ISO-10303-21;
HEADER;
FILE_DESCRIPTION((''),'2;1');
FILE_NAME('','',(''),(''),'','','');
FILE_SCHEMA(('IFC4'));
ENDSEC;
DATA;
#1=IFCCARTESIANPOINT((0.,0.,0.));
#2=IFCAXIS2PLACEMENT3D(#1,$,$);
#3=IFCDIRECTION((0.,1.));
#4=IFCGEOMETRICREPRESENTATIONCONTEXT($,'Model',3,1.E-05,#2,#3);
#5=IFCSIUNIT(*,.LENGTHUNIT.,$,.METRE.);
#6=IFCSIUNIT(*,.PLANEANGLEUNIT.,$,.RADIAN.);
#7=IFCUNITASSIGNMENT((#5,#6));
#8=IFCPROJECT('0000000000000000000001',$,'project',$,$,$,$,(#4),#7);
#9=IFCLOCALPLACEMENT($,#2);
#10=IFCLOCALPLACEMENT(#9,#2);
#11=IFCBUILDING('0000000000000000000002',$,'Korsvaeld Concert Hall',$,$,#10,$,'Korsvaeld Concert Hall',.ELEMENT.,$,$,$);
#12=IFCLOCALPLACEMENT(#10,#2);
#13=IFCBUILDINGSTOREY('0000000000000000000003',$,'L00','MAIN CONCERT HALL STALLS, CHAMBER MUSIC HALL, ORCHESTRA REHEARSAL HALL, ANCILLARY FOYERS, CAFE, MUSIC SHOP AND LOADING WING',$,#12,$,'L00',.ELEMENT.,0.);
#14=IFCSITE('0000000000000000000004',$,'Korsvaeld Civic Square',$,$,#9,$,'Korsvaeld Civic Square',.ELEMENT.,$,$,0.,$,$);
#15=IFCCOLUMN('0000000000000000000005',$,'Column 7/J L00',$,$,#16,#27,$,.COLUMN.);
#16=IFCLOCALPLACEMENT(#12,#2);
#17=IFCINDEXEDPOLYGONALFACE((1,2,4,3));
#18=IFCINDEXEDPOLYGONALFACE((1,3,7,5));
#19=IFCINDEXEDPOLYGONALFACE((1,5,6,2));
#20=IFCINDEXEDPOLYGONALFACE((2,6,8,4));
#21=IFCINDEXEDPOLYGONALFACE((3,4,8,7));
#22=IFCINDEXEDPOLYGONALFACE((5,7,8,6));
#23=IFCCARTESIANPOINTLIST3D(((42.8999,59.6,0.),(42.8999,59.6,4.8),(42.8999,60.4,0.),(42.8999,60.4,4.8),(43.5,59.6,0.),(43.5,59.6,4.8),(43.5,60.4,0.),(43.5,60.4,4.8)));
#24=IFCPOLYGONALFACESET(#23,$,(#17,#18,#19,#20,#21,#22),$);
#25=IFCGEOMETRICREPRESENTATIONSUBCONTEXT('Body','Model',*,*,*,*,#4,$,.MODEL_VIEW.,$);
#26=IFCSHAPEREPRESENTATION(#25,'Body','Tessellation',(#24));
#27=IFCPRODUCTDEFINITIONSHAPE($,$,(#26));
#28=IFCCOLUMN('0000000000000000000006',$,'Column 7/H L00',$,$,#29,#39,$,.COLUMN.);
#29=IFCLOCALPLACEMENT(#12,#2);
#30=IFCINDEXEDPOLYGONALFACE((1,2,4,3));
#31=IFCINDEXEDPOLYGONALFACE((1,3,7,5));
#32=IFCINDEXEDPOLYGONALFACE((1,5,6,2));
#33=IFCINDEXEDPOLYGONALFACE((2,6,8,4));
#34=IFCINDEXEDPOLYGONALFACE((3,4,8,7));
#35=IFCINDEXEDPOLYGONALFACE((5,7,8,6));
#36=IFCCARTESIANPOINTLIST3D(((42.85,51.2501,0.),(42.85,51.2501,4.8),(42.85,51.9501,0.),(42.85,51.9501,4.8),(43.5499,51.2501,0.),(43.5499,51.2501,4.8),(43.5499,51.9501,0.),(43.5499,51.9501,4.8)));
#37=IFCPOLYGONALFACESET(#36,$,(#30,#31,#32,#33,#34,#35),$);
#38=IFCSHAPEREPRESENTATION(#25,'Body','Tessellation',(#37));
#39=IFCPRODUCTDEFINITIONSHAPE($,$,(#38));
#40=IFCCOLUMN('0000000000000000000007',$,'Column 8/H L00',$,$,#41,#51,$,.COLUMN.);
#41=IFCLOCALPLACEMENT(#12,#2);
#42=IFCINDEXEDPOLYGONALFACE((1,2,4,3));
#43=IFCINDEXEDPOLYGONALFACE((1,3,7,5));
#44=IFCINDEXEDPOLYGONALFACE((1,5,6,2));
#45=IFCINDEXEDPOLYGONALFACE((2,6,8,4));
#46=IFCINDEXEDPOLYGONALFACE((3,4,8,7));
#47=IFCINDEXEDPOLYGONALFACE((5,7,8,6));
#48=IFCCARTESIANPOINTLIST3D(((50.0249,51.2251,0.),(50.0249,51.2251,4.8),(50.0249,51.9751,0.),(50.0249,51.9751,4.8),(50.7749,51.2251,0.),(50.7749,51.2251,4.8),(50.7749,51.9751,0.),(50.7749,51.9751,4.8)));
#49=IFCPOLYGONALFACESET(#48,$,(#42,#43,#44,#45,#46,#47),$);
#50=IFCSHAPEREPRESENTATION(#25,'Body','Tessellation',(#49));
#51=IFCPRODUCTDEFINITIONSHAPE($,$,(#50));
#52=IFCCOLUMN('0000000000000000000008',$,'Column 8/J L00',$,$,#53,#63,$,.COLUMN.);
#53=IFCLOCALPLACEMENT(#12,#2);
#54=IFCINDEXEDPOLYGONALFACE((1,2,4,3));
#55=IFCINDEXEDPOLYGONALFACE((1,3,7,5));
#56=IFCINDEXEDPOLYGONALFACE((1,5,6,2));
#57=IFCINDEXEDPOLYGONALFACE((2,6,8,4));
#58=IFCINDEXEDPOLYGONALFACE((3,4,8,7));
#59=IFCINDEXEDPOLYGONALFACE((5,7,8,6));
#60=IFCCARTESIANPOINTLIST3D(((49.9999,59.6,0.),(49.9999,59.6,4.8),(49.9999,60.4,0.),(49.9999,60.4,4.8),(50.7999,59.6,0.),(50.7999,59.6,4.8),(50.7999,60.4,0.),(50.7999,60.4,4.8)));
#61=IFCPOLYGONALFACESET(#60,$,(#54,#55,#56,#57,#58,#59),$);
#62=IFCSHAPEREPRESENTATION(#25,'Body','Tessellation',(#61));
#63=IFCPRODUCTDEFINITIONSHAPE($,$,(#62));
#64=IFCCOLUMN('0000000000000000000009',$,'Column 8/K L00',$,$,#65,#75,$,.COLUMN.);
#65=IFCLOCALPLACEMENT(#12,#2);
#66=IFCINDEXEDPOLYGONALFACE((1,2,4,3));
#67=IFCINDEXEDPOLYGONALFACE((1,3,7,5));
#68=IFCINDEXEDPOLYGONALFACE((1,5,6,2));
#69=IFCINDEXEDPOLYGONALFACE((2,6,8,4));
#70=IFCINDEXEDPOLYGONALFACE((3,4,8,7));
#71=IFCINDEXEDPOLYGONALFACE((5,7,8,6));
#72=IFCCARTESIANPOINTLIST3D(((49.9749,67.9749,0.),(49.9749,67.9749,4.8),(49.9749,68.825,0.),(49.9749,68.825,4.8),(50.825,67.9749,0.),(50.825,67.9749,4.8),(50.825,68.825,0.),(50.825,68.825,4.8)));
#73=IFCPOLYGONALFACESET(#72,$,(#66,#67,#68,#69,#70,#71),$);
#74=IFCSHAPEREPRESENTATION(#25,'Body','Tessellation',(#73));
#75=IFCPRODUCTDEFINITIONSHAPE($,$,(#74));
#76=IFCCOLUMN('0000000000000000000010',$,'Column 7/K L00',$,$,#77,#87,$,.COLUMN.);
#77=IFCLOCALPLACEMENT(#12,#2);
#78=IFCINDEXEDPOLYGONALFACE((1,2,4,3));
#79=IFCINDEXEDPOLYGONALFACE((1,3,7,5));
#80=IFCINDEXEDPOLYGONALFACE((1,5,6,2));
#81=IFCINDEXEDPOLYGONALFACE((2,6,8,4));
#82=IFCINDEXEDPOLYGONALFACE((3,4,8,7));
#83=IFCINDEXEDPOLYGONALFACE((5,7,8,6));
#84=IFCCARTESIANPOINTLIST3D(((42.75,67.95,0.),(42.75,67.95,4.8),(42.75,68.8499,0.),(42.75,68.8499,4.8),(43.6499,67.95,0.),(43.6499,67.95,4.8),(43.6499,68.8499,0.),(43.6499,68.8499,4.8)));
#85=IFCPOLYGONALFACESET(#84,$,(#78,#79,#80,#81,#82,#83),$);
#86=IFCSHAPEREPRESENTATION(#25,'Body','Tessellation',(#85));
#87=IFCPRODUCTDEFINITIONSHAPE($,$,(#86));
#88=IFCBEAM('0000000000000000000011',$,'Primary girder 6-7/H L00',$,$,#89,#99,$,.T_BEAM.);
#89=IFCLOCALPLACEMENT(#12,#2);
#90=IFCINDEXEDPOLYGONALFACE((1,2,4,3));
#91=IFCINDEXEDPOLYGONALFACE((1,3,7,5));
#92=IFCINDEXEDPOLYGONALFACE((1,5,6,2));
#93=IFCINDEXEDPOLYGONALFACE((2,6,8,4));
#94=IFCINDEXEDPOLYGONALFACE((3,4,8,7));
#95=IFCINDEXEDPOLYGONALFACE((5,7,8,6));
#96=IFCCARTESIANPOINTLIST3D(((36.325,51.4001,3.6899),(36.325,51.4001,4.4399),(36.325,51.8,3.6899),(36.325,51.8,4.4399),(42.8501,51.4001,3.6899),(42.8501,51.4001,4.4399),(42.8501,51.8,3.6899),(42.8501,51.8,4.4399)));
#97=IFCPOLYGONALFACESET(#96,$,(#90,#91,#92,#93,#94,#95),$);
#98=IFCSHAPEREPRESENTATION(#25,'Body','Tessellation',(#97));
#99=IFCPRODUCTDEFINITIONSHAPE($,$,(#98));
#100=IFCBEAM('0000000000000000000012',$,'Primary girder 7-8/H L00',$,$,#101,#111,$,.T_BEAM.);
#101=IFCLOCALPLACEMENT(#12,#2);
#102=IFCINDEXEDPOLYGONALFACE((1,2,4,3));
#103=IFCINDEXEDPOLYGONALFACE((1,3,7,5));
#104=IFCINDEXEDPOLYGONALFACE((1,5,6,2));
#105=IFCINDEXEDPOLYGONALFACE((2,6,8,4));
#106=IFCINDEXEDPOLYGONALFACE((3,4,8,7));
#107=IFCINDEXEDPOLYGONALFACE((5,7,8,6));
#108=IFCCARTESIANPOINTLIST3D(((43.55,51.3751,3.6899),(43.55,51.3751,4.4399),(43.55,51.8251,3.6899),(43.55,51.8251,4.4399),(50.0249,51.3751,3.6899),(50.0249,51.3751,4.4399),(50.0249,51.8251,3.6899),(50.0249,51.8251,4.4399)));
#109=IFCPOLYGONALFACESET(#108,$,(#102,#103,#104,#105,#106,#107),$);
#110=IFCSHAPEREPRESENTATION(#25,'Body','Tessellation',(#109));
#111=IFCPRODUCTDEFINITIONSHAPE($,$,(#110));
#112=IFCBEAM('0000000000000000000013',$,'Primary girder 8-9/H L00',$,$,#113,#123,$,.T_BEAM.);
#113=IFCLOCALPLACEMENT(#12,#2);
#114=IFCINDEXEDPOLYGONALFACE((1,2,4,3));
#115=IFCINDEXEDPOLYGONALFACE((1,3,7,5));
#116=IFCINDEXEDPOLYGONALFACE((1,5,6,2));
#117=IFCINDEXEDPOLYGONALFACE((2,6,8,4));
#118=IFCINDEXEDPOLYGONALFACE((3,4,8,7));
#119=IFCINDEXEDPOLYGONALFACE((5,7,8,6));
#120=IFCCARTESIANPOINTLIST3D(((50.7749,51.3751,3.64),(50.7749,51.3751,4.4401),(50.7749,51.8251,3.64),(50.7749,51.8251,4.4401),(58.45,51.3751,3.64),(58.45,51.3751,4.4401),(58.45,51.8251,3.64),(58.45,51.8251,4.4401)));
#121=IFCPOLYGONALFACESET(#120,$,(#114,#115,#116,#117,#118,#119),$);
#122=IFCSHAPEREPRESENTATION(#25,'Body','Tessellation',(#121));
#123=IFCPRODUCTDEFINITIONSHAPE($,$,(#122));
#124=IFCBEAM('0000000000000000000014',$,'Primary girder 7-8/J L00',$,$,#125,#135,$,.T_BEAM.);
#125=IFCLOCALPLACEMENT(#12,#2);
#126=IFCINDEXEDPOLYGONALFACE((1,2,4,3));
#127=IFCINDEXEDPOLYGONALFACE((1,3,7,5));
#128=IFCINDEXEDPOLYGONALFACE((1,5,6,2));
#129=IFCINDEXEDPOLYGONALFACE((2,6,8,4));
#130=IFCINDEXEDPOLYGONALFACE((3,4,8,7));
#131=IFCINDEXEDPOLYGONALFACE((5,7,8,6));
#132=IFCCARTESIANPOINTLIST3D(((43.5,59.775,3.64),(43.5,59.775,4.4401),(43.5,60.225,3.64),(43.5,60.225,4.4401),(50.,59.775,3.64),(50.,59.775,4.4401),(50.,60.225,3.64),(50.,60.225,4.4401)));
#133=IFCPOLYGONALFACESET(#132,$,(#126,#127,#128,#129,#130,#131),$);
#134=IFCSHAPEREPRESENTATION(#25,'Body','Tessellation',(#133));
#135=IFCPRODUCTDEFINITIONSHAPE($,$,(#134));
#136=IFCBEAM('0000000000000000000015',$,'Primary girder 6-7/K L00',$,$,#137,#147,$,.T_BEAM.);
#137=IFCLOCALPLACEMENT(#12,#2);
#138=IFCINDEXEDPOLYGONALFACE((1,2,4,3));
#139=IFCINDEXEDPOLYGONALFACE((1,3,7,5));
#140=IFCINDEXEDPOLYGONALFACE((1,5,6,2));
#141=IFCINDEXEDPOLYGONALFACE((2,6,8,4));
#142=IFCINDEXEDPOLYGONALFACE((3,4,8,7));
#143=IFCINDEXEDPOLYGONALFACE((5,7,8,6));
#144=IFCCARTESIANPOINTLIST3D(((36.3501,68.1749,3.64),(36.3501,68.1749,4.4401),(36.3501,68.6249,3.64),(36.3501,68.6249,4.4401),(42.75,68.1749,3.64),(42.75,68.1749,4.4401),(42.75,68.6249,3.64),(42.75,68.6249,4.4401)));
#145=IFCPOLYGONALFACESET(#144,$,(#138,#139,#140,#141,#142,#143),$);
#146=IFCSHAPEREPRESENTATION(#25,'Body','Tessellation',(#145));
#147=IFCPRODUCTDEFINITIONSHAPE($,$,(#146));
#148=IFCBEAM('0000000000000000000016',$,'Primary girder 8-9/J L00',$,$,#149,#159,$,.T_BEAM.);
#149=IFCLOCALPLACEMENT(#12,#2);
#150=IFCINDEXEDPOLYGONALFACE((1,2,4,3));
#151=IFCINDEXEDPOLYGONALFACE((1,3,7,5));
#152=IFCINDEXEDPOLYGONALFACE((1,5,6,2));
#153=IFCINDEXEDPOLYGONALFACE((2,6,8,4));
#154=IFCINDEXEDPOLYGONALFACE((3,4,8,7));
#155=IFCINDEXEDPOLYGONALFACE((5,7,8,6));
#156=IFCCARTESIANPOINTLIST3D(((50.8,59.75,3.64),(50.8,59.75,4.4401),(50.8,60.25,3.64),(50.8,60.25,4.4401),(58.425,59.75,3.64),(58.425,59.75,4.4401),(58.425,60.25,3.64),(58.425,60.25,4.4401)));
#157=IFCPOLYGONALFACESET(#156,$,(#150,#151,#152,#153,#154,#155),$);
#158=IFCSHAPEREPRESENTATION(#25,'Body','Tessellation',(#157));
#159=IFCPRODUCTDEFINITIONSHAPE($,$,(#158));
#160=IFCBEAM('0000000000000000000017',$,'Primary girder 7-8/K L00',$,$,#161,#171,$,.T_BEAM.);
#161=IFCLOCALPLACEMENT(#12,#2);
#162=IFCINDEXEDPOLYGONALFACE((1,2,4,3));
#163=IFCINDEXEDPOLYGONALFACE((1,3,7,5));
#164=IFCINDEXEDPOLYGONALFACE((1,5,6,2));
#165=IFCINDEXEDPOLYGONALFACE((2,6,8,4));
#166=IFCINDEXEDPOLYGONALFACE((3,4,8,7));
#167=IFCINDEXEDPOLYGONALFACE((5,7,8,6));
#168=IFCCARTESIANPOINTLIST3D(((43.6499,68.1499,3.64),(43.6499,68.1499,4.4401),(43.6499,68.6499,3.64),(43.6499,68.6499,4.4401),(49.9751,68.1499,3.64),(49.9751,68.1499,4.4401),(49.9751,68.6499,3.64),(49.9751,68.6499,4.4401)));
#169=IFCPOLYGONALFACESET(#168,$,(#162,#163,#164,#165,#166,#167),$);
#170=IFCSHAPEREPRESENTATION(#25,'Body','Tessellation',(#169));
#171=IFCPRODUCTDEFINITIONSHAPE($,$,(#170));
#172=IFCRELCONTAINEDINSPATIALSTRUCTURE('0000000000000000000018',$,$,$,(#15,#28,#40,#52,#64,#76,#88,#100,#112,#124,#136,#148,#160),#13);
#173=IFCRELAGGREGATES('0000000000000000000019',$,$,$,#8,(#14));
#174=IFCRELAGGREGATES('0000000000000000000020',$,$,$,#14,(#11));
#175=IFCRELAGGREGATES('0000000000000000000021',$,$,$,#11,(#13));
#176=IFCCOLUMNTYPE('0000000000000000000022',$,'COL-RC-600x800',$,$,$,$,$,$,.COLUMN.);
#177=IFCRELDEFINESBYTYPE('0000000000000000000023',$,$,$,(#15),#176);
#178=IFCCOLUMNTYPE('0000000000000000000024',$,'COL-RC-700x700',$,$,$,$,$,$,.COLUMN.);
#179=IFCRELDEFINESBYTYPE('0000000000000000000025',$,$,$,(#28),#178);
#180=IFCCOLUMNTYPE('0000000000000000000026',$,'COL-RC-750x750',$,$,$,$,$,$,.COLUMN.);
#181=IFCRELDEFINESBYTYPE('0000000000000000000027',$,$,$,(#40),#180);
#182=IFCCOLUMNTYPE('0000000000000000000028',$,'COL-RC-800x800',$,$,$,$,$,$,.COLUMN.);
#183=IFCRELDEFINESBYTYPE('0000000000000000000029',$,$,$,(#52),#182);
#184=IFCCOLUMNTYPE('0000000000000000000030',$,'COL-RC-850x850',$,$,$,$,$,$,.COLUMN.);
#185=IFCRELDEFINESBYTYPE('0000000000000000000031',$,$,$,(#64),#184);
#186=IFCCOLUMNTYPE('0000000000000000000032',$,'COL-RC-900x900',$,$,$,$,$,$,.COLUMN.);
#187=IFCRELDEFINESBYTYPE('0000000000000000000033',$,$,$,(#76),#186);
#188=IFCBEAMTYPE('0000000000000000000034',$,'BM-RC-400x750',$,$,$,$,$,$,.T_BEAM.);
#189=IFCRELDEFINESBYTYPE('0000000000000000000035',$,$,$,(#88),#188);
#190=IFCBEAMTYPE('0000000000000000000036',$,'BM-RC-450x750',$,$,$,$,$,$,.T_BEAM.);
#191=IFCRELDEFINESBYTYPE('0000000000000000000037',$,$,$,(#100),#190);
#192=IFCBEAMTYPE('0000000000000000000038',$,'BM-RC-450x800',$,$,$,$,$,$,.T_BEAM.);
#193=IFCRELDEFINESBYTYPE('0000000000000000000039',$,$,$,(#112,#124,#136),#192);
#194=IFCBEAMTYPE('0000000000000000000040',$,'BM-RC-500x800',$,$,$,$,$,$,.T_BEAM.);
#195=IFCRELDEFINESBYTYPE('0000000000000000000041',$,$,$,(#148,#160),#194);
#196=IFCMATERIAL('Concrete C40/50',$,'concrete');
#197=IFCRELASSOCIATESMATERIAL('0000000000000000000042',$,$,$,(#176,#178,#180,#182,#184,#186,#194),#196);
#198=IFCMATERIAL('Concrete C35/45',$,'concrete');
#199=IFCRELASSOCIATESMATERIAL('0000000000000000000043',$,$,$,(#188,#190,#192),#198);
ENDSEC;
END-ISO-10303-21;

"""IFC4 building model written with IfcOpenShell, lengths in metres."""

from ifc_helpers import new_model, si_unit, direction, frame, origin, origin_2d, place, context, subcontext, project, spatial, rectangle, extrude, material, material_profile, profile_set, type_object, element, save


model = new_model("IFC4")

# Units and contexts
model_context = context("Model", 3, precision=1e-05, world=origin(), true_north=direction((0.0, 1.0)))
body_context = subcontext(model_context, "Body", "Model", "MODEL_VIEW")
ifc_project = project(units=[si_unit("LENGTHUNIT", "METRE"), si_unit("PLANEANGLEUNIT", "RADIAN")], contexts=[model_context])

# Site, building, storey
site_placement = place(None, origin())
site = spatial("IfcSite", under=ifc_project, at=site_placement, Name="Korsvaeld Civic Square", LongName="Korsvaeld Civic Square", CompositionType="ELEMENT", RefElevation=0.0)
building_placement = place(site_placement, origin())
building = spatial("IfcBuilding", under=site, at=building_placement, Name="Korsvaeld Concert Hall", LongName="Korsvaeld Concert Hall", CompositionType="ELEMENT")
storey_placement = place(building_placement, origin())
storey = spatial("IfcBuildingStorey", under=building, at=storey_placement, Name="L00", Description="MAIN CONCERT HALL STALLS, CHAMBER MUSIC HALL, ORCHESTRA REHEARSAL HALL, ANCILLARY FOYERS, CAFE, MUSIC SHOP AND LOADING WING", LongName="L00", CompositionType="ELEMENT", Elevation=0.0)

# Columns
ifc_material_1 = material(Name="Concrete C40/50", Category="concrete")
ifc_material_profile_1 = material_profile(ifc_material_1, rectangle(XDim=0.6001, YDim=0.8, at=origin_2d()), Name="RC 600x800")
ifc_profile_set_1 = profile_set([ifc_material_profile_1], Name="Concrete C40/50")
column_type_1 = type_object("IfcColumnType", Name="COL-RC-600x800", PredefinedType="COLUMN", material=ifc_profile_set_1)
column_1_placement = place(storey_placement, frame((43.2, 60.0, 0.0), z_axis=(0.0, 0.0, 1.0), x_axis=(1.0, 0.0, 0.0)))
element("IfcColumn", 1, at=column_1_placement, inside=storey, type_object=column_type_1, Name="Column 7/J L00", PredefinedType="COLUMN", context=body_context, shape_type="SweptSolid", body=[
    extrude(rectangle(XDim=0.6001, YDim=0.8, at=origin_2d()), origin(), (0.0, 0.0, 1.0), 4.8),
])
ifc_material_profile_2 = material_profile(ifc_material_1, rectangle(XDim=0.7, YDim=0.7, at=origin_2d()), Name="RC 700x700")
ifc_profile_set_2 = profile_set([ifc_material_profile_2], Name="Concrete C40/50")
column_type_2 = type_object("IfcColumnType", Name="COL-RC-700x700", PredefinedType="COLUMN", material=ifc_profile_set_2)
column_2_placement = place(storey_placement, frame((43.2, 51.6001, 0.0), z_axis=(0.0, 0.0, 1.0), x_axis=(1.0, 0.0, 0.0)))
element("IfcColumn", 2, at=column_2_placement, inside=storey, type_object=column_type_2, Name="Column 7/H L00", PredefinedType="COLUMN", context=body_context, shape_type="SweptSolid", body=[
    extrude(rectangle(XDim=0.7, YDim=0.7, at=origin_2d()), origin(), (0.0, 0.0, 1.0), 4.8),
])
ifc_material_profile_3 = material_profile(ifc_material_1, rectangle(XDim=0.75, YDim=0.75, at=origin_2d()), Name="RC 750x750")
ifc_profile_set_3 = profile_set([ifc_material_profile_3], Name="Concrete C40/50")
column_type_3 = type_object("IfcColumnType", Name="COL-RC-750x750", PredefinedType="COLUMN", material=ifc_profile_set_3)
column_3_placement = place(storey_placement, frame((50.3999, 51.6001, 0.0), z_axis=(0.0, 0.0, 1.0), x_axis=(1.0, 0.0, 0.0)))
element("IfcColumn", 3, at=column_3_placement, inside=storey, type_object=column_type_3, Name="Column 8/H L00", PredefinedType="COLUMN", context=body_context, shape_type="SweptSolid", body=[
    extrude(rectangle(XDim=0.75, YDim=0.75, at=origin_2d()), origin(), (0.0, 0.0, 1.0), 4.8),
])
ifc_material_profile_4 = material_profile(ifc_material_1, rectangle(XDim=0.8, YDim=0.8, at=origin_2d()), Name="RC 800x800")
ifc_profile_set_4 = profile_set([ifc_material_profile_4], Name="Concrete C40/50")
column_type_4 = type_object("IfcColumnType", Name="COL-RC-800x800", PredefinedType="COLUMN", material=ifc_profile_set_4)
column_4_placement = place(storey_placement, frame((50.3999, 60.0, 0.0), z_axis=(0.0, 0.0, 1.0), x_axis=(1.0, 0.0, 0.0)))
element("IfcColumn", 4, at=column_4_placement, inside=storey, type_object=column_type_4, Name="Column 8/J L00", PredefinedType="COLUMN", context=body_context, shape_type="SweptSolid", body=[
    extrude(rectangle(XDim=0.8, YDim=0.8, at=origin_2d()), origin(), (0.0, 0.0, 1.0), 4.8),
])
ifc_material_profile_5 = material_profile(ifc_material_1, rectangle(XDim=0.8501, YDim=0.8501, at=origin_2d()), Name="RC 850x850")
ifc_profile_set_5 = profile_set([ifc_material_profile_5], Name="Concrete C40/50")
column_type_5 = type_object("IfcColumnType", Name="COL-RC-850x850", PredefinedType="COLUMN", material=ifc_profile_set_5)
column_5_placement = place(storey_placement, frame((50.3999, 68.3999, 0.0), z_axis=(0.0, 0.0, 1.0), x_axis=(1.0, 0.0, 0.0)))
element("IfcColumn", 5, at=column_5_placement, inside=storey, type_object=column_type_5, Name="Column 8/K L00", PredefinedType="COLUMN", context=body_context, shape_type="SweptSolid", body=[
    extrude(rectangle(XDim=0.8501, YDim=0.8501, at=origin_2d()), origin(), (0.0, 0.0, 1.0), 4.8),
])
ifc_material_profile_6 = material_profile(ifc_material_1, rectangle(XDim=0.8999, YDim=0.8999, at=origin_2d()), Name="RC 900x900")
ifc_profile_set_6 = profile_set([ifc_material_profile_6], Name="Concrete C40/50")
column_type_6 = type_object("IfcColumnType", Name="COL-RC-900x900", PredefinedType="COLUMN", material=ifc_profile_set_6)
column_6_placement = place(storey_placement, frame((43.2, 68.3999, 0.0), z_axis=(0.0, 0.0, 1.0), x_axis=(1.0, 0.0, 0.0)))
element("IfcColumn", 6, at=column_6_placement, inside=storey, type_object=column_type_6, Name="Column 7/K L00", PredefinedType="COLUMN", context=body_context, shape_type="SweptSolid", body=[
    extrude(rectangle(XDim=0.8999, YDim=0.8999, at=origin_2d()), origin(), (0.0, 0.0, 1.0), 4.8),
])

# Beams
ifc_material_2 = material(Name="Concrete C35/45", Category="concrete")
ifc_material_profile_7 = material_profile(ifc_material_2, rectangle(XDim=0.3999, YDim=0.75, at=origin_2d()), Name="RC 400x750")
ifc_profile_set_7 = profile_set([ifc_material_profile_7], Name="Concrete C35/45")
beam_type_1 = type_object("IfcBeamType", Name="BM-RC-400x750", PredefinedType="T_BEAM", material=ifc_profile_set_7)
beam_1_placement = place(storey_placement, frame((36.325, 51.6001, 4.0649), z_axis=(1.0, 0.0, 0.0), x_axis=(0.0, 1.0, 0.0)))
element("IfcBeam", 7, at=beam_1_placement, inside=storey, type_object=beam_type_1, Name="Primary girder 6-7/H L00", PredefinedType="T_BEAM", context=body_context, shape_type="SweptSolid", body=[
    extrude(rectangle(XDim=0.3999, YDim=0.75, at=origin_2d()), origin(), (0.0, 0.0, 1.0), 6.5251),
])
ifc_material_profile_8 = material_profile(ifc_material_2, rectangle(XDim=0.45, YDim=0.75, at=origin_2d()), Name="RC 450x750")
ifc_profile_set_8 = profile_set([ifc_material_profile_8], Name="Concrete C35/45")
beam_type_2 = type_object("IfcBeamType", Name="BM-RC-450x750", PredefinedType="T_BEAM", material=ifc_profile_set_8)
beam_2_placement = place(storey_placement, frame((43.55, 51.6001, 4.0649), z_axis=(1.0, 0.0, 0.0), x_axis=(0.0, 1.0, 0.0)))
element("IfcBeam", 8, at=beam_2_placement, inside=storey, type_object=beam_type_2, Name="Primary girder 7-8/H L00", PredefinedType="T_BEAM", context=body_context, shape_type="SweptSolid", body=[
    extrude(rectangle(XDim=0.45, YDim=0.75, at=origin_2d()), origin(), (0.0, 0.0, 1.0), 6.4749),
])
ifc_material_profile_9 = material_profile(ifc_material_2, rectangle(XDim=0.45, YDim=0.8, at=origin_2d()), Name="RC 450x800")
ifc_profile_set_9 = profile_set([ifc_material_profile_9], Name="Concrete C35/45")
beam_type_3 = type_object("IfcBeamType", Name="BM-RC-450x800", PredefinedType="T_BEAM", material=ifc_profile_set_9)
beam_3_placement = place(storey_placement, frame((50.7749, 51.6001, 4.04), z_axis=(1.0, 0.0, 0.0), x_axis=(0.0, 1.0, 0.0)))
element("IfcBeam", 9, at=beam_3_placement, inside=storey, type_object=beam_type_3, Name="Primary girder 8-9/H L00", PredefinedType="T_BEAM", context=body_context, shape_type="SweptSolid", body=[
    extrude(rectangle(XDim=0.45, YDim=0.8, at=origin_2d()), origin(), (0.0, 0.0, 1.0), 7.675),
])
beam_4_placement = place(storey_placement, frame((43.5, 60.0, 4.04), z_axis=(1.0, 0.0, 0.0), x_axis=(0.0, 1.0, 0.0)))
element("IfcBeam", 10, at=beam_4_placement, inside=storey, type_object=beam_type_3, Name="Primary girder 7-8/J L00", PredefinedType="T_BEAM", context=body_context, shape_type="SweptSolid", body=[
    extrude(rectangle(XDim=0.45, YDim=0.8, at=origin_2d()), origin(), (0.0, 0.0, 1.0), 6.5),
])
beam_5_placement = place(storey_placement, frame((36.3501, 68.3999, 4.04), z_axis=(1.0, 0.0, 0.0), x_axis=(0.0, 1.0, 0.0)))
element("IfcBeam", 11, at=beam_5_placement, inside=storey, type_object=beam_type_3, Name="Primary girder 6-7/K L00", PredefinedType="T_BEAM", context=body_context, shape_type="SweptSolid", body=[
    extrude(rectangle(XDim=0.45, YDim=0.8, at=origin_2d()), origin(), (0.0, 0.0, 1.0), 6.3999),
])
ifc_material_profile_10 = material_profile(ifc_material_1, rectangle(XDim=0.5, YDim=0.8, at=origin_2d()), Name="RC 500x800")
ifc_profile_set_10 = profile_set([ifc_material_profile_10], Name="Concrete C40/50")
beam_type_4 = type_object("IfcBeamType", Name="BM-RC-500x800", PredefinedType="T_BEAM", material=ifc_profile_set_10)
beam_6_placement = place(storey_placement, frame((50.8, 60.0, 4.04), z_axis=(1.0, 0.0, 0.0), x_axis=(0.0, 1.0, 0.0)))
element("IfcBeam", 12, at=beam_6_placement, inside=storey, type_object=beam_type_4, Name="Primary girder 8-9/J L00", PredefinedType="T_BEAM", context=body_context, shape_type="SweptSolid", body=[
    extrude(rectangle(XDim=0.5, YDim=0.8, at=origin_2d()), origin(), (0.0, 0.0, 1.0), 7.625),
])
beam_7_placement = place(storey_placement, frame((43.6499, 68.3999, 4.04), z_axis=(1.0, 0.0, 0.0), x_axis=(0.0, 1.0, 0.0)))
element("IfcBeam", 13, at=beam_7_placement, inside=storey, type_object=beam_type_4, Name="Primary girder 7-8/K L00", PredefinedType="T_BEAM", context=body_context, shape_type="SweptSolid", body=[
    extrude(rectangle(XDim=0.5, YDim=0.8, at=origin_2d()), origin(), (0.0, 0.0, 1.0), 6.3252),
])

save(model, "model.ifc")
